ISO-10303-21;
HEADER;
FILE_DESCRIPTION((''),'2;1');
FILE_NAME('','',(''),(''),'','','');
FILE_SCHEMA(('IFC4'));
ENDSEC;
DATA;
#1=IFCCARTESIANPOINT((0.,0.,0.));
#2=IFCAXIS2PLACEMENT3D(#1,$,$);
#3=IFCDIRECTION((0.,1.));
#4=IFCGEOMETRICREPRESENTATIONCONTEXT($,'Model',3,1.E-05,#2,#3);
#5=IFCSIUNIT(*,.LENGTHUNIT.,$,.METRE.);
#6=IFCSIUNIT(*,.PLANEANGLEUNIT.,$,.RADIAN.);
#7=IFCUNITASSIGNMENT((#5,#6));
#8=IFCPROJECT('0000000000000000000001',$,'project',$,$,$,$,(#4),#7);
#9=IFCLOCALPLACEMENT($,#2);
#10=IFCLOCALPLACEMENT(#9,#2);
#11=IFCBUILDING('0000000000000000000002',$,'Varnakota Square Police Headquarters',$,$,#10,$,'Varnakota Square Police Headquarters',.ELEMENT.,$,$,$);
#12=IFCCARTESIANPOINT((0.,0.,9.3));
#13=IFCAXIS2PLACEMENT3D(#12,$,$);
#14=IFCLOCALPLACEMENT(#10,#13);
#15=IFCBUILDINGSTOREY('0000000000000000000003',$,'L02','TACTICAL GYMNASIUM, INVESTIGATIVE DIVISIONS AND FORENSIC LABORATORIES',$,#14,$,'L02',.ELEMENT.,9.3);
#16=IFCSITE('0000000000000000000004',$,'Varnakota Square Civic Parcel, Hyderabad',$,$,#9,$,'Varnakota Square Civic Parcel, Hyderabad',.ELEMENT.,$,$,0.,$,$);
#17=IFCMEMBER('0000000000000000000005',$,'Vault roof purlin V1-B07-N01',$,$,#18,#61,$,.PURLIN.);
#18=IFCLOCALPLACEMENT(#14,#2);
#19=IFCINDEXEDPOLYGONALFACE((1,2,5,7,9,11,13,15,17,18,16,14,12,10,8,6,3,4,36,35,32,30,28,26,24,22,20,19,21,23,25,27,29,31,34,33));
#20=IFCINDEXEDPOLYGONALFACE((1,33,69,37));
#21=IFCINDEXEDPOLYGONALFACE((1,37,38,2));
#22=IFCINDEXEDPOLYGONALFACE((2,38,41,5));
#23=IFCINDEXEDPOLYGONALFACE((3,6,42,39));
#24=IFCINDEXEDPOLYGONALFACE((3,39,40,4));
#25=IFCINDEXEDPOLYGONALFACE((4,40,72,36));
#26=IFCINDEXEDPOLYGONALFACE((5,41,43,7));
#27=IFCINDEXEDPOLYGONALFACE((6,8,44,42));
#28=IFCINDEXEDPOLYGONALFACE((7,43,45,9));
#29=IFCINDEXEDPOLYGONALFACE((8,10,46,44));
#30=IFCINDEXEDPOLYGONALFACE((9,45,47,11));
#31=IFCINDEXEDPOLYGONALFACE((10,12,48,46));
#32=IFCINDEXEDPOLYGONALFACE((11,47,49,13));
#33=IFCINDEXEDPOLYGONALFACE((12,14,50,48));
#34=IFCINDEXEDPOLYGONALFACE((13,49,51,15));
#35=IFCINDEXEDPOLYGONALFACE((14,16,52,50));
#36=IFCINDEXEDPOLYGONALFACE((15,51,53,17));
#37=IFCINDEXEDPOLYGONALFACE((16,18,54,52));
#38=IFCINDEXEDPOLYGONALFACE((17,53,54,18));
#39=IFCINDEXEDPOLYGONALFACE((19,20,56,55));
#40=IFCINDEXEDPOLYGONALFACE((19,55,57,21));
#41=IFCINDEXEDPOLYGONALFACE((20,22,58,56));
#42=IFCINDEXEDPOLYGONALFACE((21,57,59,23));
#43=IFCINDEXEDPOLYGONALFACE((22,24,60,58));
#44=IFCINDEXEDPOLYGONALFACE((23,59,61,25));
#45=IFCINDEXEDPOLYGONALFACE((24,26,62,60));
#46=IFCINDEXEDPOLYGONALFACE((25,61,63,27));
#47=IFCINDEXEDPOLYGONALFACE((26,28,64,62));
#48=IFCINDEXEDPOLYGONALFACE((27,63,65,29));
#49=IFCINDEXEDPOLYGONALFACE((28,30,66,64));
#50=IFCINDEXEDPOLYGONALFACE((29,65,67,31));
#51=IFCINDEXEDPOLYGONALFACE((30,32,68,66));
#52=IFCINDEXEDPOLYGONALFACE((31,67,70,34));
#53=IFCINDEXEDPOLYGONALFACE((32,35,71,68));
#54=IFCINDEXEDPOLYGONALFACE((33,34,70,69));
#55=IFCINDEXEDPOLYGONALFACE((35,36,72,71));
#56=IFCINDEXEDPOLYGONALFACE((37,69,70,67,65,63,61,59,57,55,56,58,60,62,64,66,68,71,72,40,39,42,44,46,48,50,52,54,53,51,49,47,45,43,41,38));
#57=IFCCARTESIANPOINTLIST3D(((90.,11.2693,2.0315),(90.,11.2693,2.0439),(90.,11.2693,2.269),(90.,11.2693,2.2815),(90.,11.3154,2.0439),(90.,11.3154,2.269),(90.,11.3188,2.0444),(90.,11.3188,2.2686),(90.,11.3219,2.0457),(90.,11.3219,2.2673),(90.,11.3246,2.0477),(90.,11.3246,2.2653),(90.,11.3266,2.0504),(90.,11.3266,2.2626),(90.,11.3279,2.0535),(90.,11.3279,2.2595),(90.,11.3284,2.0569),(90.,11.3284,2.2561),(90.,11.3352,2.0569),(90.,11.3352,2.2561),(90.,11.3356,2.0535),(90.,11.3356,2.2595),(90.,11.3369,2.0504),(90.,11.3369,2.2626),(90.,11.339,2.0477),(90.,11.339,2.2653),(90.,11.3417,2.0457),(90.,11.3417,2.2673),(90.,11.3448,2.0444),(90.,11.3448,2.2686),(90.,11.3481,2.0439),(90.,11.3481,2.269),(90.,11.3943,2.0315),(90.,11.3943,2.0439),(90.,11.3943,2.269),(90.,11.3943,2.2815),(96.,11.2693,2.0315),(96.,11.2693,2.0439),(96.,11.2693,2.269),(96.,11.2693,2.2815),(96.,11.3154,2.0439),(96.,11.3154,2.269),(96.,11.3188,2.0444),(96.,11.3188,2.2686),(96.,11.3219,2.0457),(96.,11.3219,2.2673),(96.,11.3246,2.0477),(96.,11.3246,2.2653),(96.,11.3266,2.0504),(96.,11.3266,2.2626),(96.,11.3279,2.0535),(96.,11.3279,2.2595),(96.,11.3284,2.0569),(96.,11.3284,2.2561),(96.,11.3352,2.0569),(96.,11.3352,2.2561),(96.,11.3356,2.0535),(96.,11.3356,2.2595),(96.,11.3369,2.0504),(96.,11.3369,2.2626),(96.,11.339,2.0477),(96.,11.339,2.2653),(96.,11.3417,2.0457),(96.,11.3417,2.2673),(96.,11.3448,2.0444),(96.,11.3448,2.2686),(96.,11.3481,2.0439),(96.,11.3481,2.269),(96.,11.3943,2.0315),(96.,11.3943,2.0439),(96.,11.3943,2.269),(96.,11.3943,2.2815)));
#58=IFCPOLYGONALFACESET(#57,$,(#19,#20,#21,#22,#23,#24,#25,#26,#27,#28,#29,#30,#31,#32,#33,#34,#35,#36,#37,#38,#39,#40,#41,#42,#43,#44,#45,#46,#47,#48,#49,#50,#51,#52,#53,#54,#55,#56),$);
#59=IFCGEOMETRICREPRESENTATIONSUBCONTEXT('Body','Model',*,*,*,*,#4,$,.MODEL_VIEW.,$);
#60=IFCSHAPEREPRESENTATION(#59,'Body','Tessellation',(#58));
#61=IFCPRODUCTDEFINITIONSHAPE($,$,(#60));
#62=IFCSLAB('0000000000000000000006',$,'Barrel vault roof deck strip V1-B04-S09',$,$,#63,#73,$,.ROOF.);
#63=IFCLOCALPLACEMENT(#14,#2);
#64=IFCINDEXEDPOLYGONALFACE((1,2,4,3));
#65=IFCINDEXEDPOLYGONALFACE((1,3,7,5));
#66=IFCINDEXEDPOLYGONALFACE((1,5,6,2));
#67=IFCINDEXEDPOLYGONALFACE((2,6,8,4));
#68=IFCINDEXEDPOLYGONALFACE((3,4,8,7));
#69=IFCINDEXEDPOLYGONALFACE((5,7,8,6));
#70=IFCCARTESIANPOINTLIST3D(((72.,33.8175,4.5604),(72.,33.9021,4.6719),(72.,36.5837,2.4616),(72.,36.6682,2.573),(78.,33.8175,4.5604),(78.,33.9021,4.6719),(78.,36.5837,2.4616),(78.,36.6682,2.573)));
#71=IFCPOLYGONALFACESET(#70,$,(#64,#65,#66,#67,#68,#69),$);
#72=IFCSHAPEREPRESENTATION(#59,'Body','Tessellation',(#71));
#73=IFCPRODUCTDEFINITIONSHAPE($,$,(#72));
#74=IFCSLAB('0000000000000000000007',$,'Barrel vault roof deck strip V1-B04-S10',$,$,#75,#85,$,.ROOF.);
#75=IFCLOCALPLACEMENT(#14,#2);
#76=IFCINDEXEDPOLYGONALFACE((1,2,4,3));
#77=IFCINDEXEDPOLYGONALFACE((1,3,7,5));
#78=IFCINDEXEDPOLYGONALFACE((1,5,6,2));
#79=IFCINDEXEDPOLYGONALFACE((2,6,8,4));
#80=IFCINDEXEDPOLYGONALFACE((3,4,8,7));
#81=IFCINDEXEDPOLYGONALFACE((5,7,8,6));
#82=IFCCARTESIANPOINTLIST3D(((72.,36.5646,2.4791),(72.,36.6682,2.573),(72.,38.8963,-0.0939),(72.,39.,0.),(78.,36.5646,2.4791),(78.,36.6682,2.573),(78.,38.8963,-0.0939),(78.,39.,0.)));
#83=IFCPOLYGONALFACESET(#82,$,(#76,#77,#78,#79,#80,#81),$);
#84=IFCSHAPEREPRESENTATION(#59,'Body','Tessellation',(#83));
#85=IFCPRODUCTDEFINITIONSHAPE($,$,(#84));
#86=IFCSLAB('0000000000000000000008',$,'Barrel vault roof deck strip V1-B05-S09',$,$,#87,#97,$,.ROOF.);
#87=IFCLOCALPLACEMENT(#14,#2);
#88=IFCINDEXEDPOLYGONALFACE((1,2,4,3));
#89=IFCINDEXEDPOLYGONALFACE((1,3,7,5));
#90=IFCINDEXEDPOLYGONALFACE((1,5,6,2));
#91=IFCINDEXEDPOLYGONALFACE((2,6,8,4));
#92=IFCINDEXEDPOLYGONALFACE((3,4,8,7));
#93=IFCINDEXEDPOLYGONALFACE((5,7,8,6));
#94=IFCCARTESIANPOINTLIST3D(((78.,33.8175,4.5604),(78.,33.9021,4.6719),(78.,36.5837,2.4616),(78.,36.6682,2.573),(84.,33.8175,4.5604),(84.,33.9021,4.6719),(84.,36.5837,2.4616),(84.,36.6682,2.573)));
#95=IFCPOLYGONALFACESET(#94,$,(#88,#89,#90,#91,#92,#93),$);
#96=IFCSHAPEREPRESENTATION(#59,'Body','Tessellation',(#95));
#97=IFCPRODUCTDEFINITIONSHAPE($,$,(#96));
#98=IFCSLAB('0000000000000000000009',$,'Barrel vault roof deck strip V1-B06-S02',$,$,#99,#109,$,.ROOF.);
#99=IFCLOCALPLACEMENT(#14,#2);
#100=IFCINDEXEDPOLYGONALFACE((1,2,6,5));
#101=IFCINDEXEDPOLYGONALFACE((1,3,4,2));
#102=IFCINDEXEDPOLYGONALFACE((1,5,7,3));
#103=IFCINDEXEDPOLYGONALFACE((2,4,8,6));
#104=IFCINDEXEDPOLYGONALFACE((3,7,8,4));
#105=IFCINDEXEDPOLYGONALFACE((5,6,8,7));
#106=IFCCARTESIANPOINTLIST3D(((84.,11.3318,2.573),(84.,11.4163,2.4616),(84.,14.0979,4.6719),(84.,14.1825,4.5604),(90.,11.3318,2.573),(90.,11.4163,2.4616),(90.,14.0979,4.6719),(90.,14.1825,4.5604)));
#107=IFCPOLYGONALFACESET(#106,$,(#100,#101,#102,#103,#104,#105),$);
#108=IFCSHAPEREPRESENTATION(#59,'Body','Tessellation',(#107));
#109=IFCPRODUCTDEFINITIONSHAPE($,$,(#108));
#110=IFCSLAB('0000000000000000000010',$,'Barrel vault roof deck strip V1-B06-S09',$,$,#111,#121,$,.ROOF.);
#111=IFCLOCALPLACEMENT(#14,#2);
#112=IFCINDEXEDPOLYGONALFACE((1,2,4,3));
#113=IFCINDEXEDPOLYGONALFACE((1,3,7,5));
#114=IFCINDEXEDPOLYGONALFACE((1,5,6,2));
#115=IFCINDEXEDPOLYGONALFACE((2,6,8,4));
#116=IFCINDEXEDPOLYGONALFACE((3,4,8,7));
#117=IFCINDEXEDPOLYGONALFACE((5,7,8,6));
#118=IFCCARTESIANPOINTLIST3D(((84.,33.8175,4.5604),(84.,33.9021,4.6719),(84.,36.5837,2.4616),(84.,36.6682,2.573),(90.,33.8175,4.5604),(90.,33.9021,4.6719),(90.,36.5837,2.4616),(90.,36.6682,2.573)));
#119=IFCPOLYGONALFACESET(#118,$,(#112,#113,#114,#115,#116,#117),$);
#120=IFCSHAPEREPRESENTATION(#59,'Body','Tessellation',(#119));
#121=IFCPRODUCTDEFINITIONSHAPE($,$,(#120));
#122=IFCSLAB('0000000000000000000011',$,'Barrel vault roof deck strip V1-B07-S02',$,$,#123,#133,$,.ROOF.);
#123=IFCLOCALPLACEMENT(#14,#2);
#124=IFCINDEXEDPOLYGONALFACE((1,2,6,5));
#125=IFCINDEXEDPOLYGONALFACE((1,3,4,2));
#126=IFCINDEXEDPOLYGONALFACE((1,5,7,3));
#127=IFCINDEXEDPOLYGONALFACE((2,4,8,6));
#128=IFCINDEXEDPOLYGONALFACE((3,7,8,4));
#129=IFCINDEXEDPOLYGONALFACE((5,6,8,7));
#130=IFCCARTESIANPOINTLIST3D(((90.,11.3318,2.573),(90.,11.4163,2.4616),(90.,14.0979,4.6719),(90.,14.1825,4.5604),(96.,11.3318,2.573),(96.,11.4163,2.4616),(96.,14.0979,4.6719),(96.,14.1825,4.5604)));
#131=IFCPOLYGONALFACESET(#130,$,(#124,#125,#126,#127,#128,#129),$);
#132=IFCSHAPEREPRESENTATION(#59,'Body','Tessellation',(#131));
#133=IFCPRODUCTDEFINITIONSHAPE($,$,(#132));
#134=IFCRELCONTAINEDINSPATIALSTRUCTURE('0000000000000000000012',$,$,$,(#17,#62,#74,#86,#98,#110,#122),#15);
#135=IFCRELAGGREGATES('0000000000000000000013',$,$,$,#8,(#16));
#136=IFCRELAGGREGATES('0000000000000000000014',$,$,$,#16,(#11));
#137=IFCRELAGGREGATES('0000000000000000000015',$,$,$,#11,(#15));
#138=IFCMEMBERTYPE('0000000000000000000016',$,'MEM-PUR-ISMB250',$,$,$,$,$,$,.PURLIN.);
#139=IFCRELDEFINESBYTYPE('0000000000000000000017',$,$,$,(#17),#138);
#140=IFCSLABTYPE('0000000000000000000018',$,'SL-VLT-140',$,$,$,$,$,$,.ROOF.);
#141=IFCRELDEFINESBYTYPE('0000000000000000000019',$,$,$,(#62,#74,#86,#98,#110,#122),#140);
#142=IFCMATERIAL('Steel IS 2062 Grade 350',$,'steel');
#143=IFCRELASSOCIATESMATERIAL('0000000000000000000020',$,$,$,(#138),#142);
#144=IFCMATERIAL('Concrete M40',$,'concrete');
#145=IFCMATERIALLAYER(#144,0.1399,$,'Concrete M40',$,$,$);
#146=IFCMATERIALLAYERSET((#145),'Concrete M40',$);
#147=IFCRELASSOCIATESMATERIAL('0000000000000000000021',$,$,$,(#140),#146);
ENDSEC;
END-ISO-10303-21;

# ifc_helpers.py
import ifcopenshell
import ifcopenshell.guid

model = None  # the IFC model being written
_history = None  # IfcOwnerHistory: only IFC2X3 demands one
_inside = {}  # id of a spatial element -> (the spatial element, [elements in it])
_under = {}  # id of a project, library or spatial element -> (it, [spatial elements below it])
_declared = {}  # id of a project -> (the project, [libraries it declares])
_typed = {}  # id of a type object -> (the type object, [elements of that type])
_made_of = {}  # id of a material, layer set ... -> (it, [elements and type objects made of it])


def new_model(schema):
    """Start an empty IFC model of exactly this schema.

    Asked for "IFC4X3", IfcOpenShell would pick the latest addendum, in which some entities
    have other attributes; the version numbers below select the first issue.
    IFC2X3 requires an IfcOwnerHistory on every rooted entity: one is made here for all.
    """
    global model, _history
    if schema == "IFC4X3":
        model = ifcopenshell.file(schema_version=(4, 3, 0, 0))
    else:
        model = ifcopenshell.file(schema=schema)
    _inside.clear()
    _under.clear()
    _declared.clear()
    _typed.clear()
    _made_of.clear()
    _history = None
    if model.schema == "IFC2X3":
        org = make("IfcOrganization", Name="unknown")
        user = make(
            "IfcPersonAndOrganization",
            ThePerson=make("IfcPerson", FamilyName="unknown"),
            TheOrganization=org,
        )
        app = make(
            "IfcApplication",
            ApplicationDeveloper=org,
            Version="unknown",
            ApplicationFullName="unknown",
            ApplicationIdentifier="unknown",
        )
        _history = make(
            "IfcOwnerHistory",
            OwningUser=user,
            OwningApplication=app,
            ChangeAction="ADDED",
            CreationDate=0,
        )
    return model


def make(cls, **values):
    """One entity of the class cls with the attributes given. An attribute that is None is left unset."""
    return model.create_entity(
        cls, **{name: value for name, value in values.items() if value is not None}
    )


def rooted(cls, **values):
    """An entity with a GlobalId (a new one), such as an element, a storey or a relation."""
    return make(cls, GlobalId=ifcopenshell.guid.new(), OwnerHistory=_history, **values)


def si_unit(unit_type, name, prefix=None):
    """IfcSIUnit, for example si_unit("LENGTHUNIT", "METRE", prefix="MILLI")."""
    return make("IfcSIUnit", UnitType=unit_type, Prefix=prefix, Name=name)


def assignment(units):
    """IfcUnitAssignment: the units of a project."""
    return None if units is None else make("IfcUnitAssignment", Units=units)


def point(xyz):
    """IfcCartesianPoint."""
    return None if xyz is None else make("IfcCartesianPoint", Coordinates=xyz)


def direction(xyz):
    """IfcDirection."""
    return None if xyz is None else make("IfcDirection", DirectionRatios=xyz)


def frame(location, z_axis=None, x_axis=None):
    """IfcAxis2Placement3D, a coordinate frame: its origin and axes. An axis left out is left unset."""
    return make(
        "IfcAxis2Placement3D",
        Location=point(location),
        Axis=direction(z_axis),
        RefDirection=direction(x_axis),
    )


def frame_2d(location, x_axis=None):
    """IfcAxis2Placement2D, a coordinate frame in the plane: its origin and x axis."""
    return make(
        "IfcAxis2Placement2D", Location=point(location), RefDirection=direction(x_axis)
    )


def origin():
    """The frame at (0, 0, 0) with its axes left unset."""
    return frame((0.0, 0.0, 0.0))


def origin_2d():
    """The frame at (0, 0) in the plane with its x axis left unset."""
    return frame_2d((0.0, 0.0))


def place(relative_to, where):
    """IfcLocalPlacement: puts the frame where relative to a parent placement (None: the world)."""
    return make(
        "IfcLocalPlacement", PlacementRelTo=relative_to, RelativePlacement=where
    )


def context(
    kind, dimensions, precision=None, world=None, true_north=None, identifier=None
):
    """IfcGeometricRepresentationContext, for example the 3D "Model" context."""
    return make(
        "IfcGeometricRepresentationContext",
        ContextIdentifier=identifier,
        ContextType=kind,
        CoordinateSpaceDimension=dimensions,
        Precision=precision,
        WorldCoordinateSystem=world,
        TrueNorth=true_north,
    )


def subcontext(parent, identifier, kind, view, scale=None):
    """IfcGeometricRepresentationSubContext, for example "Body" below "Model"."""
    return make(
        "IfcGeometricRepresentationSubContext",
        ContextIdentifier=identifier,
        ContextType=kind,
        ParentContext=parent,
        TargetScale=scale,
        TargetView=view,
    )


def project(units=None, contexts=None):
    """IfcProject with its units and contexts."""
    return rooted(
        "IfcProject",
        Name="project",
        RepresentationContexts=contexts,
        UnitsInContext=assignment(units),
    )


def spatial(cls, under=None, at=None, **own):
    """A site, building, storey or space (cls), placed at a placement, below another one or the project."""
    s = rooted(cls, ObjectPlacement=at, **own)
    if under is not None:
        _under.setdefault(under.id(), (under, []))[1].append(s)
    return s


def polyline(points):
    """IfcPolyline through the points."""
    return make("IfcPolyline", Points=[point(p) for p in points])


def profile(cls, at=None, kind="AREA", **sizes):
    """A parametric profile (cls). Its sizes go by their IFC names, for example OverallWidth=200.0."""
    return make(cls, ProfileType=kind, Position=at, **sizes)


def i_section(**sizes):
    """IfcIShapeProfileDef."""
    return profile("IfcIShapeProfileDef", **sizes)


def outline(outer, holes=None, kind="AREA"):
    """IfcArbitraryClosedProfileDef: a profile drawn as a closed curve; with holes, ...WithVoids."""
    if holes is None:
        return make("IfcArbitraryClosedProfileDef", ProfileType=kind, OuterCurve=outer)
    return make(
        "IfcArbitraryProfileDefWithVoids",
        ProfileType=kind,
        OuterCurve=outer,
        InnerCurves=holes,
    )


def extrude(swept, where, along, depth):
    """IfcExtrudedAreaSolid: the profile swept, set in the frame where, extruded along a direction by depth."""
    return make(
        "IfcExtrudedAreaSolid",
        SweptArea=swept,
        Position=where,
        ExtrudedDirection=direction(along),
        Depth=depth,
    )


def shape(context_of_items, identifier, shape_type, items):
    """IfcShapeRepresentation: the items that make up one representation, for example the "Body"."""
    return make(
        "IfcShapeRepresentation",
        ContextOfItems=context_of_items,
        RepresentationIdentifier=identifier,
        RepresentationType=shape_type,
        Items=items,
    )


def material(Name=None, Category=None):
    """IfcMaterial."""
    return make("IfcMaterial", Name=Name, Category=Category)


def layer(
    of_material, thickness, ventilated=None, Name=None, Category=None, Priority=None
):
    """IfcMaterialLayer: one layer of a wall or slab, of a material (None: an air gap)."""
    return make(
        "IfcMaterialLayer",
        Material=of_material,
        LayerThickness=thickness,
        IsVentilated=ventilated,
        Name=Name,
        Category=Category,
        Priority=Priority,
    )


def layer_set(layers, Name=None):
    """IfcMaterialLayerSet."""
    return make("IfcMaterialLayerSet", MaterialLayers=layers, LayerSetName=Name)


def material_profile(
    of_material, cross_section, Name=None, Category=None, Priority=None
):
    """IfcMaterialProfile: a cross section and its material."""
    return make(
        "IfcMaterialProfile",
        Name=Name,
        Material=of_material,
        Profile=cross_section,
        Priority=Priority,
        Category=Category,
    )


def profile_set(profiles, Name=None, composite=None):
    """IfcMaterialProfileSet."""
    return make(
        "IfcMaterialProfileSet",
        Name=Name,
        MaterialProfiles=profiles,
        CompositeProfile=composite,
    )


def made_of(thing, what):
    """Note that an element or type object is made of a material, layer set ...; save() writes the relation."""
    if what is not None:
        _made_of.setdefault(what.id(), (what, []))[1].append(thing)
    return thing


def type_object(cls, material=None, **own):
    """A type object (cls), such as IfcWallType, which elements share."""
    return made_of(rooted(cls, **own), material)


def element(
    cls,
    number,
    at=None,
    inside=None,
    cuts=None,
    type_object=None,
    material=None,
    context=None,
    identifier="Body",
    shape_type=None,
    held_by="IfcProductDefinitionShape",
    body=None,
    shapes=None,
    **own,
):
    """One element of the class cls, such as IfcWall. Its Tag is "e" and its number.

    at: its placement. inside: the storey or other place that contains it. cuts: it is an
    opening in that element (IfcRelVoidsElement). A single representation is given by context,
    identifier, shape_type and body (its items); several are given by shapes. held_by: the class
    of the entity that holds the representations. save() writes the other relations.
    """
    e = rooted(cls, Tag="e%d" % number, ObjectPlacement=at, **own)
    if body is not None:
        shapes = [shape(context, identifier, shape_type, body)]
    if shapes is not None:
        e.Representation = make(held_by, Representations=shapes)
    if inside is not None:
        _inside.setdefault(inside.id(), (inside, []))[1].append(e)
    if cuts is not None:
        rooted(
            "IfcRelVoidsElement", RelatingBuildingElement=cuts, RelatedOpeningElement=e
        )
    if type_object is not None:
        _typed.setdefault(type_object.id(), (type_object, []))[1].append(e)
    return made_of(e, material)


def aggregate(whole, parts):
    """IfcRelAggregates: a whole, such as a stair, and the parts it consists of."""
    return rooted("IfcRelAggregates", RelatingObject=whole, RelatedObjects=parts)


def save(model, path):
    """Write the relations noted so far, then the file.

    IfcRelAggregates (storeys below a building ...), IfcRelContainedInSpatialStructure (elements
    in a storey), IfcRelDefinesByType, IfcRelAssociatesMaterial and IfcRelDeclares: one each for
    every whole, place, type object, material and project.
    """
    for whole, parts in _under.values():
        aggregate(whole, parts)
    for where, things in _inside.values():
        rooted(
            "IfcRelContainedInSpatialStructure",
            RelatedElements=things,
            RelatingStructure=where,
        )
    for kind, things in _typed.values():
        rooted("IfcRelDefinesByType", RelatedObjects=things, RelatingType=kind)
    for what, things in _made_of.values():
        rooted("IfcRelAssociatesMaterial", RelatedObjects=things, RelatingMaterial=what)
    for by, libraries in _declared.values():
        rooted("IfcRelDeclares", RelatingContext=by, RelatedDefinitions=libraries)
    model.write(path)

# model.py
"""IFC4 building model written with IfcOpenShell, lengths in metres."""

from ifc_helpers import new_model, si_unit, direction, frame, origin, origin_2d, place, context, subcontext, project, spatial, polyline, i_section, outline, extrude, material, layer, layer_set, material_profile, profile_set, type_object, element, save


model = new_model("IFC4")

# Units and contexts
model_context = context("Model", 3, precision=1e-05, world=origin(), true_north=direction((0.0, 1.0)))
body_context = subcontext(model_context, "Body", "Model", "MODEL_VIEW")
ifc_project = project(units=[si_unit("LENGTHUNIT", "METRE"), si_unit("PLANEANGLEUNIT", "RADIAN")], contexts=[model_context])

# Site, building, storey
site_placement = place(None, origin())
site = spatial("IfcSite", under=ifc_project, at=site_placement, Name="Varnakota Square Civic Parcel, Hyderabad", LongName="Varnakota Square Civic Parcel, Hyderabad", CompositionType="ELEMENT", RefElevation=0.0)
building_placement = place(site_placement, origin())
building = spatial("IfcBuilding", under=site, at=building_placement, Name="Varnakota Square Police Headquarters", LongName="Varnakota Square Police Headquarters", CompositionType="ELEMENT")
storey_placement = place(building_placement, frame((0.0, 0.0, 9.3)))
storey = spatial("IfcBuildingStorey", under=building, at=storey_placement, Name="L02", Description="TACTICAL GYMNASIUM, INVESTIGATIVE DIVISIONS AND FORENSIC LABORATORIES", LongName="L02", CompositionType="ELEMENT", Elevation=9.3)

# Shared definitions
ifc_material_1 = material(Name="Steel IS 2062 Grade 350", Category="steel")

# Member
ifc_material_profile_1 = material_profile(ifc_material_1, i_section(OverallWidth=0.125, OverallDepth=0.25, WebThickness=0.0068, FlangeThickness=0.0125, FilletRadius=0.0129, at=origin_2d()), Name="ISMB 250")
ifc_profile_set_1 = profile_set([ifc_material_profile_1], Name="Steel IS 2062 Grade 350")
member_type_1 = type_object("IfcMemberType", Name="MEM-PUR-ISMB250", PredefinedType="PURLIN", material=ifc_profile_set_1)
for number, where, z_axis, x_axis, name in (
    (1, (90.0, 11.3318, 2.1565), (1.0, 0.0, 0.0), (0.0, 1.0, 0.0), "Vault roof purlin V1-B07-N01"),
):
    element("IfcMember", number, at=place(storey_placement, frame(where, z_axis=z_axis, x_axis=x_axis)), inside=storey, type_object=member_type_1, Name=name, PredefinedType="PURLIN", context=body_context, shape_type="SweptSolid", body=[
        extrude(i_section(OverallWidth=0.125, OverallDepth=0.25, WebThickness=0.0068, FlangeThickness=0.0125, FilletRadius=0.0129, at=origin_2d()), origin(), (0.0, 0.0, 1.0), 6.0),
    ])

# Slabs
ifc_material_2 = material(Name="Concrete M40", Category="concrete")
ifc_layer = layer(ifc_material_2, 0.1399, Name="Concrete M40")
ifc_layer_set = layer_set([ifc_layer], Name="Concrete M40")
slab_type = type_object("IfcSlabType", Name="SL-VLT-140", PredefinedType="ROOF", material=ifc_layer_set)
slab_1_placement = place(storey_placement, frame((72.0, 33.9021, 4.6719), z_axis=(0.0, 0.604468, 0.796629), x_axis=(1.0, 0.0, 0.0)))
element("IfcSlab", 2, at=slab_1_placement, inside=storey, type_object=slab_type, Name="Barrel vault roof deck strip V1-B04-S09", PredefinedType="ROOF", context=body_context, shape_type="SweptSolid", body=[
    extrude(outline(polyline([(0.0, 0.0), (6.0, 0.0), (6.0, 3.4723), (0.0, 3.4723), (0.0, 0.0)])), origin(), (0.0, 0.0, -1.0), 0.1399),
])
slab_2_placement = place(storey_placement, frame((72.0, 36.6682, 2.573), z_axis=(0.0, 0.740986, 0.671521), x_axis=(1.0, 0.0, 0.0)))
element("IfcSlab", 3, at=slab_2_placement, inside=storey, type_object=slab_type, Name="Barrel vault roof deck strip V1-B04-S10", PredefinedType="ROOF", context=body_context, shape_type="SweptSolid", body=[
    extrude(outline(polyline([(0.0, 0.0), (6.0, 0.0), (6.0, 3.4724), (0.0, 3.4724), (0.0, 0.0)])), origin(), (0.0, 0.0, -1.0), 0.1399),
])
for number, where, z_axis, x_axis, name in (
    (4, (78.0, 33.9021, 4.6719), (0.0, 0.604468, 0.796629), (1.0, 0.0, 0.0), "Barrel vault roof deck strip V1-B05-S09"),
    (5, (84.0, 11.3318, 2.573), (0.0, -0.604468, 0.796629), (1.0, 0.0, 0.0), "Barrel vault roof deck strip V1-B06-S02"),
    (6, (84.0, 33.9021, 4.6719), (0.0, 0.604468, 0.796629), (1.0, 0.0, 0.0), "Barrel vault roof deck strip V1-B06-S09"),
    (7, (90.0, 11.3318, 2.573), (0.0, -0.604468, 0.796629), (1.0, 0.0, 0.0), "Barrel vault roof deck strip V1-B07-S02"),
):
    element("IfcSlab", number, at=place(storey_placement, frame(where, z_axis=z_axis, x_axis=x_axis)), inside=storey, type_object=slab_type, Name=name, PredefinedType="ROOF", context=body_context, shape_type="SweptSolid", body=[
        extrude(outline(polyline([(0.0, 0.0), (6.0, 0.0), (6.0, 3.4723), (0.0, 3.4723), (0.0, 0.0)])), origin(), (0.0, 0.0, -1.0), 0.1399),
    ])

save(model, "model.ifc")
